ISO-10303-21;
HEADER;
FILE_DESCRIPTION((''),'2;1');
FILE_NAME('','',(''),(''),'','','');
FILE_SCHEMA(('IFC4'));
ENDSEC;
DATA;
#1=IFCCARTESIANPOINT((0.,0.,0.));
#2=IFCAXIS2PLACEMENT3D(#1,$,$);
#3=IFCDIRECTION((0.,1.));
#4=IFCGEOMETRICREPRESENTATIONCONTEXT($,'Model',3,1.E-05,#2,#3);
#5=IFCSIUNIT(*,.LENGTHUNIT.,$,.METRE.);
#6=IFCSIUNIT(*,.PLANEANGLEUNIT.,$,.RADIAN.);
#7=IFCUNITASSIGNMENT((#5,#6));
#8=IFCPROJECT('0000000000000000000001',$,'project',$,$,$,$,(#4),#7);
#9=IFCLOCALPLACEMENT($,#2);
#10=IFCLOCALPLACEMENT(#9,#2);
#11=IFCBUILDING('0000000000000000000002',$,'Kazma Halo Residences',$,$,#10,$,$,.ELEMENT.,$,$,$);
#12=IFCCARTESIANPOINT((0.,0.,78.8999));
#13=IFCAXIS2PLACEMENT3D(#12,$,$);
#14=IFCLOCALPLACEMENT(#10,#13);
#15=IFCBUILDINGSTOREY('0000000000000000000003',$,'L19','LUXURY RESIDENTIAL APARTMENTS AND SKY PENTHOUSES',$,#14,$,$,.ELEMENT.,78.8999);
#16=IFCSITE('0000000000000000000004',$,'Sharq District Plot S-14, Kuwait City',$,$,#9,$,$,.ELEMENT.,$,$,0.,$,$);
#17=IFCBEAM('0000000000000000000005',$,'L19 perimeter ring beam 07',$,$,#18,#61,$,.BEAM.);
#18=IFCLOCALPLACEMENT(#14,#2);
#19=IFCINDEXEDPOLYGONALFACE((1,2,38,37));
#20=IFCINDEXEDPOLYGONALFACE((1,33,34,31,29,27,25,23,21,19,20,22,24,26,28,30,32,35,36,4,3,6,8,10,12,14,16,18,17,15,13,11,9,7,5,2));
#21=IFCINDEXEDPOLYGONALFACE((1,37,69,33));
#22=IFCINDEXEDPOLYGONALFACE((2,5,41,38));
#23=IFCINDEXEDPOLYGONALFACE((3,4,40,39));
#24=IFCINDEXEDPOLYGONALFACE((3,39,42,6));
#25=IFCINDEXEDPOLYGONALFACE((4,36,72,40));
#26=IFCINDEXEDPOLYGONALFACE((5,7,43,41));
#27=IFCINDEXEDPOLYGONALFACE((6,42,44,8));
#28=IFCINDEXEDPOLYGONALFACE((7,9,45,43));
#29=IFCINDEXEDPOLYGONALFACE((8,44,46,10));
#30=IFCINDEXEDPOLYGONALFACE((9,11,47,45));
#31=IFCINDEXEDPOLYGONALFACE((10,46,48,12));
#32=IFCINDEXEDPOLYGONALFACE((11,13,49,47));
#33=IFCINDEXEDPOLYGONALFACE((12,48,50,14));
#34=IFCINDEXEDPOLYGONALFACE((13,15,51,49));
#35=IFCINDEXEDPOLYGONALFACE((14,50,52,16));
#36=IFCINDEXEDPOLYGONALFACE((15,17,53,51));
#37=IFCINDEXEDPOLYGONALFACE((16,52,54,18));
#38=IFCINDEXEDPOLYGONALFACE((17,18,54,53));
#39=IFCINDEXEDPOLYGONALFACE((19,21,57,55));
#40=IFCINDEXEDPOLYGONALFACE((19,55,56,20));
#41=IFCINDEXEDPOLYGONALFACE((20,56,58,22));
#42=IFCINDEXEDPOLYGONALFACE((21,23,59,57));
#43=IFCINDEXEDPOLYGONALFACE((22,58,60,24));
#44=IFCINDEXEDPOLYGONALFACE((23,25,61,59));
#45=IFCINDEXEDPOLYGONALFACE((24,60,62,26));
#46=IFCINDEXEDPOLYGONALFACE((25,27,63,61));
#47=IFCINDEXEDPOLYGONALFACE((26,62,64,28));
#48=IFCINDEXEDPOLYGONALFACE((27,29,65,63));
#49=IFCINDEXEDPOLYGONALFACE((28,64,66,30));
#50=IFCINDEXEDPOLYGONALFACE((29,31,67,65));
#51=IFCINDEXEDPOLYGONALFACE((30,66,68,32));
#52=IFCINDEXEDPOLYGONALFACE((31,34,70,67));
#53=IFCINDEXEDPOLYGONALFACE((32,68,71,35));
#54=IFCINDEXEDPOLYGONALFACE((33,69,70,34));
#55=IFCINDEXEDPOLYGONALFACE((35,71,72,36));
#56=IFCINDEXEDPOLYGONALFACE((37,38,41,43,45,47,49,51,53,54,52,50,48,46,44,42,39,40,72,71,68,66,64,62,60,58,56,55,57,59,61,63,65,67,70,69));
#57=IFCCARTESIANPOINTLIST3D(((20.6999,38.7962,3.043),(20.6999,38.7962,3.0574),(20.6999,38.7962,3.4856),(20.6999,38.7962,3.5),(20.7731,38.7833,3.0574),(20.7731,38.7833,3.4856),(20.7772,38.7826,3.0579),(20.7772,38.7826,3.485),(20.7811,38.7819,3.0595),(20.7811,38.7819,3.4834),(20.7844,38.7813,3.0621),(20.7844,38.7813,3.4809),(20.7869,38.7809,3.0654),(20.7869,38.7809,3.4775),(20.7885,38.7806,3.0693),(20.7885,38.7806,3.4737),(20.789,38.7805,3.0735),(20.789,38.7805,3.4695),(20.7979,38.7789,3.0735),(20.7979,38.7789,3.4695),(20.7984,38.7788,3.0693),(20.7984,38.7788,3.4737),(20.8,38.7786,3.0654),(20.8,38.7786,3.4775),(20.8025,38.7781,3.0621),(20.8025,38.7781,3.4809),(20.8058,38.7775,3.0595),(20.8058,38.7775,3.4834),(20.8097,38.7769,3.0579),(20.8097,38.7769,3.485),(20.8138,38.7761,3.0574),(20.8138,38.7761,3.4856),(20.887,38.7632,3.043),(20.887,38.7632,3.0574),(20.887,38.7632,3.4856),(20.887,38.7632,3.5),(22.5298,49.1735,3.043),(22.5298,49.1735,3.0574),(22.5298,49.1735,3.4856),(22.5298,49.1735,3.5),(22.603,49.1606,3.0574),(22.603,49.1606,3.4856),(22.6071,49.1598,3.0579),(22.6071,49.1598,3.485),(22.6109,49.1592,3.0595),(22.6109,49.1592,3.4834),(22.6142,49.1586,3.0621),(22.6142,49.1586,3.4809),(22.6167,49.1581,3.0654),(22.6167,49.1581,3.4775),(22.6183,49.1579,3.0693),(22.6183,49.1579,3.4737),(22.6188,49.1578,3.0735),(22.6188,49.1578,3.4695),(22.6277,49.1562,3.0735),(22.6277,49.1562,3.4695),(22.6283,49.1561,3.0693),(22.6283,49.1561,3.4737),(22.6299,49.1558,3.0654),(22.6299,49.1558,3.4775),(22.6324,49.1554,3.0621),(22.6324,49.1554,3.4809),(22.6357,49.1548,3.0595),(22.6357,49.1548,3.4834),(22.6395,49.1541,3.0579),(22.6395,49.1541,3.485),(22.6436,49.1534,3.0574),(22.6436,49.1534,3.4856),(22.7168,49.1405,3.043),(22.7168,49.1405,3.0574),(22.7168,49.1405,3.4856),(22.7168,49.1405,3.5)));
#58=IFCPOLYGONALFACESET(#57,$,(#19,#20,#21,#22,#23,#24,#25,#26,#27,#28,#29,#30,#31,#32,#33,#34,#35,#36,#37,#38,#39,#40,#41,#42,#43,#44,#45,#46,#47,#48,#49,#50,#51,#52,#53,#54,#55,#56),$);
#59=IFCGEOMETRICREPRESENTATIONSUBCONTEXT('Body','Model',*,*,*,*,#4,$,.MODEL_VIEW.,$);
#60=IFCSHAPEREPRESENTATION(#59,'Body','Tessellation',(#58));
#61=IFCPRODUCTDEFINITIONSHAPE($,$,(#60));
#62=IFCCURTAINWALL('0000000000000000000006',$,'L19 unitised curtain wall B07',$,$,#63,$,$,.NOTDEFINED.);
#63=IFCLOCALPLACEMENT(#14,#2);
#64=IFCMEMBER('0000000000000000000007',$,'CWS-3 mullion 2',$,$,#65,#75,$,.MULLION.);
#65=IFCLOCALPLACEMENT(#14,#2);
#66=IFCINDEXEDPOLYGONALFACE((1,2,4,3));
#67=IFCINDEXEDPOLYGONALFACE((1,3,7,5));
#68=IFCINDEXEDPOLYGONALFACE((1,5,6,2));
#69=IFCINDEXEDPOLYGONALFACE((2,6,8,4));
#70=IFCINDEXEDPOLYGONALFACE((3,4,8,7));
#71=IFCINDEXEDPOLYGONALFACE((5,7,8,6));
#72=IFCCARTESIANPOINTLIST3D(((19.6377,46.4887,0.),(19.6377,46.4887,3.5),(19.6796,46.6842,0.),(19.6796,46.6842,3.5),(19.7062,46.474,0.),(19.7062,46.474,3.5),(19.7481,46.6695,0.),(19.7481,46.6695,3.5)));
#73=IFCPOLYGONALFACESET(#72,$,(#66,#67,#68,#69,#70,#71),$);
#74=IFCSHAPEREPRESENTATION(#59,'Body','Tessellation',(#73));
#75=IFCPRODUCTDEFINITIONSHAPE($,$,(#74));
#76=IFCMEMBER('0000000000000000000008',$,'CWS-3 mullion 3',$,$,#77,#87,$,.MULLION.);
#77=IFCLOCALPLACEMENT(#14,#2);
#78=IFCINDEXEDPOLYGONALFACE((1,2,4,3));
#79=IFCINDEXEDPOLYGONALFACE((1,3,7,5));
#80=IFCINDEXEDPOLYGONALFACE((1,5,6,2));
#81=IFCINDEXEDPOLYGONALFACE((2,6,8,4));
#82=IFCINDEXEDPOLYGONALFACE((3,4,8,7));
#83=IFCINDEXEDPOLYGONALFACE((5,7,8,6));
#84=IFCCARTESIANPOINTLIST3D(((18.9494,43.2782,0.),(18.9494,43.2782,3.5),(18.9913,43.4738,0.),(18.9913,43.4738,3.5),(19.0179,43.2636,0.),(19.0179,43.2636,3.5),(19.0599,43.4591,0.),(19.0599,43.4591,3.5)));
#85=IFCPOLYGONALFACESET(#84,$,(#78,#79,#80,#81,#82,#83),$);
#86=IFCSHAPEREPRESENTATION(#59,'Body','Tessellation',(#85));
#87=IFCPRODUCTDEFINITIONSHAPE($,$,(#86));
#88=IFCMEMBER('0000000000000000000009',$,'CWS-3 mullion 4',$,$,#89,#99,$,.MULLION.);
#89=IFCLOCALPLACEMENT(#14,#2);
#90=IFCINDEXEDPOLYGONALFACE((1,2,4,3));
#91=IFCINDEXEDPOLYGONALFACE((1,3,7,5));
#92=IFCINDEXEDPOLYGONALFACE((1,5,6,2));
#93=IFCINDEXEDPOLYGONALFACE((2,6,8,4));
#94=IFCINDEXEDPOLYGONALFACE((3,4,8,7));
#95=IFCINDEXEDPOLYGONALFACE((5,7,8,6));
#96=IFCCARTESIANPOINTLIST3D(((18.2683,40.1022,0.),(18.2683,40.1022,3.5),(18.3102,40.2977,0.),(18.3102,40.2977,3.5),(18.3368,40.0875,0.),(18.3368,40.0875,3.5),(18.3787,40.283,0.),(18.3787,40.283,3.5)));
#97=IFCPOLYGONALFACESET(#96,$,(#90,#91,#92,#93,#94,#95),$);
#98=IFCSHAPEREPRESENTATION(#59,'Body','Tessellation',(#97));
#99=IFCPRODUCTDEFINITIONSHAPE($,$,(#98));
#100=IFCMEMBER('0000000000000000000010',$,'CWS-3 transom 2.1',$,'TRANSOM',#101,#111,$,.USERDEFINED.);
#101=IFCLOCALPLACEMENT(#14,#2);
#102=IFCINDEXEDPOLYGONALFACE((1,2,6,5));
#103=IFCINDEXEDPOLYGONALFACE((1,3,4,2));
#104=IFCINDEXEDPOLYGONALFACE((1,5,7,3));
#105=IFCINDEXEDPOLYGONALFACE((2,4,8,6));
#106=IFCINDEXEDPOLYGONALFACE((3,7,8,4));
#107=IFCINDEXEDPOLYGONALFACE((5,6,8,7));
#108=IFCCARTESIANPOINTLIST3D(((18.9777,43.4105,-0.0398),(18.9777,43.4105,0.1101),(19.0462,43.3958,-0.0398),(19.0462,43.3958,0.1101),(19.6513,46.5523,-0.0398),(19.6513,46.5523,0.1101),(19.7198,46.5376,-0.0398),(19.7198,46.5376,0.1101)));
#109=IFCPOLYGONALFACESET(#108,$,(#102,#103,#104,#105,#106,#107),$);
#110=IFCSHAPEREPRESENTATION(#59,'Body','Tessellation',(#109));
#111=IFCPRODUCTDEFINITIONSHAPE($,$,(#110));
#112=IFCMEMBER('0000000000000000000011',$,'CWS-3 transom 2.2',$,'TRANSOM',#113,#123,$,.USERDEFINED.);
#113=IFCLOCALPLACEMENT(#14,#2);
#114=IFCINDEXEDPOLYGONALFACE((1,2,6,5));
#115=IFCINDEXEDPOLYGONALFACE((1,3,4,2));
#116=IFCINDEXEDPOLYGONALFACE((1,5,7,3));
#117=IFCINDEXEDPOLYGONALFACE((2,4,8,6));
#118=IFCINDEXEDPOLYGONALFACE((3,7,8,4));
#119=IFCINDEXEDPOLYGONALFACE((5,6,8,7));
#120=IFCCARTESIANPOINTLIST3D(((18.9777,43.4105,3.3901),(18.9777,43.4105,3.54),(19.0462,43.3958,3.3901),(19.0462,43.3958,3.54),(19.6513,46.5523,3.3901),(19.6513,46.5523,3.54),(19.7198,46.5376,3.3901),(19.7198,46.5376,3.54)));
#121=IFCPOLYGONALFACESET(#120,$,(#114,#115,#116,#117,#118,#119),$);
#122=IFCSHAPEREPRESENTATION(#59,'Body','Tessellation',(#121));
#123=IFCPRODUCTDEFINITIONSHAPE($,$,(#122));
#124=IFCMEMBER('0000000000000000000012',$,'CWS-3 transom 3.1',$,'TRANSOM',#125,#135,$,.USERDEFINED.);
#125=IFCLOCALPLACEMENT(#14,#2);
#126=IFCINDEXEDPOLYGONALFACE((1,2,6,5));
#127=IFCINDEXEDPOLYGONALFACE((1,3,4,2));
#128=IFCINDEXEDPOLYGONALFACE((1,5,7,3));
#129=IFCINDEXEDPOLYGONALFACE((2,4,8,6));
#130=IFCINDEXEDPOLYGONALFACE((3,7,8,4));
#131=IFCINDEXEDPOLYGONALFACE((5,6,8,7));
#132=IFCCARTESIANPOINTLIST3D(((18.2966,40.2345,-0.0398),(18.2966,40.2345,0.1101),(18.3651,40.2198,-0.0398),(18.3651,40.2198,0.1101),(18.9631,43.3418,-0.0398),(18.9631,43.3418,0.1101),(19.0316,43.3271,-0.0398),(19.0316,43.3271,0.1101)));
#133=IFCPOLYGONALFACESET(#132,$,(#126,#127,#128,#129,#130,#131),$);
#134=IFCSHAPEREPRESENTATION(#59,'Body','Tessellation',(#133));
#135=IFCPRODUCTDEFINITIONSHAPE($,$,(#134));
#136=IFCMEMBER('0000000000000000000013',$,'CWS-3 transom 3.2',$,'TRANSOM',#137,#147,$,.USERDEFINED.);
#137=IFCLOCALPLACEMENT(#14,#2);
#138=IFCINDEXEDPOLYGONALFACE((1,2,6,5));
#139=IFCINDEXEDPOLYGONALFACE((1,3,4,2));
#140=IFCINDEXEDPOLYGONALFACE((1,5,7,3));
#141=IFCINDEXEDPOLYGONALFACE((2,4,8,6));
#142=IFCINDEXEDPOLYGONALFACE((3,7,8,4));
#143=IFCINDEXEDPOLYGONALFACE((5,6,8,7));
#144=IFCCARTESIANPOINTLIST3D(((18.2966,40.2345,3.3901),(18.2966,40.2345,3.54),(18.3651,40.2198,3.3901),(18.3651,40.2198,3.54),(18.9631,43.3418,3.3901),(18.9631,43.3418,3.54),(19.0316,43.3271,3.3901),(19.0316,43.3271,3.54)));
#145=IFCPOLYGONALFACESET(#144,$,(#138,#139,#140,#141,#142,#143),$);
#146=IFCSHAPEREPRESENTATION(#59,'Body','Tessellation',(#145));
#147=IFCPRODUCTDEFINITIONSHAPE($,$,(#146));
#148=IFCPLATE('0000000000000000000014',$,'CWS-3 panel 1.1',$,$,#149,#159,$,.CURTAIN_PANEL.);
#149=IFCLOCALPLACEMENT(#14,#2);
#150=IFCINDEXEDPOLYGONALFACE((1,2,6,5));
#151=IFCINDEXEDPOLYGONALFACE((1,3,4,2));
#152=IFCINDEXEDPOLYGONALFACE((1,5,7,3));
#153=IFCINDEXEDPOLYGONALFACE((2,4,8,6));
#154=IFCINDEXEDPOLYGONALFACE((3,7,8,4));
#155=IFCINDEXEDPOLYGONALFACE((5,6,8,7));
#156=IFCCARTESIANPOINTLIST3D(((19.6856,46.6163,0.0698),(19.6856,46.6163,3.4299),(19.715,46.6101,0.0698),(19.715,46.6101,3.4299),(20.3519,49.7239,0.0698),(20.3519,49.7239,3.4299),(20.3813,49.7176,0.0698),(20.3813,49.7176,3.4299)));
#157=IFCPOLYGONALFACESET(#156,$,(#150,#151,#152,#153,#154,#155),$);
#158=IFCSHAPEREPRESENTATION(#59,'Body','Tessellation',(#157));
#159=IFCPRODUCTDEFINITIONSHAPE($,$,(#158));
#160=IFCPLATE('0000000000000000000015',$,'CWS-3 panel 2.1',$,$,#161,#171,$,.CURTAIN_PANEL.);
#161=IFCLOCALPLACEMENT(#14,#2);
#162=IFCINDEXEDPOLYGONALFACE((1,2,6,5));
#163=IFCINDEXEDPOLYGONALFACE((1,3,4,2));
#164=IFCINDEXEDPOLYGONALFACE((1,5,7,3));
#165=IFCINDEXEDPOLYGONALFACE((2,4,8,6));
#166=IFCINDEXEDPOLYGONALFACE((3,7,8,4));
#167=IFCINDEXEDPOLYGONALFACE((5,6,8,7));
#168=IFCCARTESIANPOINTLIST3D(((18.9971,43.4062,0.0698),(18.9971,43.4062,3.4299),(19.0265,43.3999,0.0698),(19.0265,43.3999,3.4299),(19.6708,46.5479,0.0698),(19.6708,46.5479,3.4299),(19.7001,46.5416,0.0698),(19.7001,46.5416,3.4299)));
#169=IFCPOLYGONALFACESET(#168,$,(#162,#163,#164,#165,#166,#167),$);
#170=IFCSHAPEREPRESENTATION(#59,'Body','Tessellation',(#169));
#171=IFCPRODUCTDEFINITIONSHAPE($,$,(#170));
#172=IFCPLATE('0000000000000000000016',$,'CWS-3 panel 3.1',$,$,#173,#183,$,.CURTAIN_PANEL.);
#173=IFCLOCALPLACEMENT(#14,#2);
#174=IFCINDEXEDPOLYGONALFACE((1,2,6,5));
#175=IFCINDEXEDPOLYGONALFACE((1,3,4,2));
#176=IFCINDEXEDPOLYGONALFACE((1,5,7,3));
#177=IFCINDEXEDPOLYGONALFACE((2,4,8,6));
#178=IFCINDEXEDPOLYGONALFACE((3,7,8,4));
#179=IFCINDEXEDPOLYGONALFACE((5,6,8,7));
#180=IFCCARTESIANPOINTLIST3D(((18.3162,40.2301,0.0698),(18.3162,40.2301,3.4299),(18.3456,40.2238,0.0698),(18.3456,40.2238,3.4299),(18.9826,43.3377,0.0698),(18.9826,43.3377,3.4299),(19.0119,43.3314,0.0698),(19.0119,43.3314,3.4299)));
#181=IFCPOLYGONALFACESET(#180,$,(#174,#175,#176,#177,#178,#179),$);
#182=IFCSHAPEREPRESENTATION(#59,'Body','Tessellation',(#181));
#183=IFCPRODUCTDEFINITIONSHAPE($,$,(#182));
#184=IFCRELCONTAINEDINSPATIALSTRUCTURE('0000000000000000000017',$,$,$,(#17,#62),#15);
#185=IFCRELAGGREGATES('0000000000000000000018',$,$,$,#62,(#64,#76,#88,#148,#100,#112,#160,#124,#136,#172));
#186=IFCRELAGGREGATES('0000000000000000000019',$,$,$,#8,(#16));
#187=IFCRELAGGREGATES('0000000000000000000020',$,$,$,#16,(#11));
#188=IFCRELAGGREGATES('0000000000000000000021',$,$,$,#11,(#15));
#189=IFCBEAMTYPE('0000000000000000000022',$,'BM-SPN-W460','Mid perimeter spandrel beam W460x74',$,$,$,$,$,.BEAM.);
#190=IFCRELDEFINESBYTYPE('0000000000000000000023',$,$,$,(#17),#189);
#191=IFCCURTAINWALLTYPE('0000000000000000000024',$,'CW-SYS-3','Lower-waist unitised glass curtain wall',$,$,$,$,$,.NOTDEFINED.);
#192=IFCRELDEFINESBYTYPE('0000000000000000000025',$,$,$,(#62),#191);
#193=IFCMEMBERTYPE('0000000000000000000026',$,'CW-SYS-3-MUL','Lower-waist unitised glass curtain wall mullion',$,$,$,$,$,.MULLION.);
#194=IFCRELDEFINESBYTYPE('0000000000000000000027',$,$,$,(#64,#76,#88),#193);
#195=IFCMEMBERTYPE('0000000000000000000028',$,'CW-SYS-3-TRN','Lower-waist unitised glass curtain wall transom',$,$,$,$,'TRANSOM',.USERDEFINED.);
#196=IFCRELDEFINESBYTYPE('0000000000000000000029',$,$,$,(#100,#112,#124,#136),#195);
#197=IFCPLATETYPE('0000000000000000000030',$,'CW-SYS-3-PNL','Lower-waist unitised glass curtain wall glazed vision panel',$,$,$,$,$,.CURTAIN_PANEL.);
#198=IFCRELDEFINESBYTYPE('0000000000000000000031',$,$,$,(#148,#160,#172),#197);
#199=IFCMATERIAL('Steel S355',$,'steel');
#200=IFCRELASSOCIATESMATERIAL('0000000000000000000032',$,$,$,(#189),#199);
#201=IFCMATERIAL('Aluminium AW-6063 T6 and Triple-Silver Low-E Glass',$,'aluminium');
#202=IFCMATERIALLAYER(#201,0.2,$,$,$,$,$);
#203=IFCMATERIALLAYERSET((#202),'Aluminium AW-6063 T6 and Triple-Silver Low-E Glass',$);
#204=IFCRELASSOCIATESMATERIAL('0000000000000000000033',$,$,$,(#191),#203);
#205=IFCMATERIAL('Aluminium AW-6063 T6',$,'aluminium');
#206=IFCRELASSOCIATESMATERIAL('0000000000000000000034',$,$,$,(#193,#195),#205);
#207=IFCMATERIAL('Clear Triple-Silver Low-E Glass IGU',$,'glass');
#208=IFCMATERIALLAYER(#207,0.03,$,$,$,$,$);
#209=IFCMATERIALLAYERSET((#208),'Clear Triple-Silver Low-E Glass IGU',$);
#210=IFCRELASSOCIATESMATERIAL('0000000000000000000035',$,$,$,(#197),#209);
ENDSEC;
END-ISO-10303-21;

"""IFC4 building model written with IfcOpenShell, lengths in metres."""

from ifc_helpers import new_model, si_unit, direction, frame, origin, origin_2d, place, context, subcontext, project, spatial, rectangle, i_section, extrude, material, layer, layer_set, material_profile, profile_set, type_object, element, aggregate, save


model = new_model("IFC4")

# Units and contexts
model_context = context("Model", 3, precision=1e-05, world=origin(), true_north=direction((0.0, 1.0)))
body_context = subcontext(model_context, "Body", "Model", "MODEL_VIEW")
ifc_project = project(units=[si_unit("LENGTHUNIT", "METRE"), si_unit("PLANEANGLEUNIT", "RADIAN")], contexts=[model_context])

# Site, building, storey
site_placement = place(None, origin())
site = spatial("IfcSite", under=ifc_project, at=site_placement, Name="Sharq District Plot S-14, Kuwait City", CompositionType="ELEMENT", RefElevation=0.0)
building_placement = place(site_placement, origin())
building = spatial("IfcBuilding", under=site, at=building_placement, Name="Kazma Halo Residences", CompositionType="ELEMENT")
storey_placement = place(building_placement, frame((0.0, 0.0, 78.8999)))
storey = spatial("IfcBuildingStorey", under=building, at=storey_placement, Name="L19", Description="LUXURY RESIDENTIAL APARTMENTS AND SKY PENTHOUSES", CompositionType="ELEMENT", Elevation=78.8999)

# Beam
ifc_material_1 = material(Name="Steel S355", Category="steel")
ifc_material_profile_1 = material_profile(ifc_material_1, i_section(OverallWidth=0.1899, OverallDepth=0.457, WebThickness=0.009, FlangeThickness=0.0144, FilletRadius=0.0161, at=origin_2d()), Name="W460x74")
ifc_profile_set_1 = profile_set([ifc_material_profile_1], Name="Steel S355")
beam_type_1 = type_object("IfcBeamType", Name="BM-SPN-W460", Description="Mid perimeter spandrel beam W460x74", PredefinedType="BEAM", material=ifc_profile_set_1)
beam_1_placement = place(storey_placement, frame((22.6233, 49.157, 3.2715), z_axis=(-0.173653, -0.984807, 0.0), x_axis=(0.984807, -0.173653, 0.0)))
element("IfcBeam", 1, at=beam_1_placement, inside=storey, type_object=beam_type_1, Name="L19 perimeter ring beam 07", PredefinedType="BEAM", context=body_context, shape_type="SweptSolid", body=[
    extrude(i_section(OverallWidth=0.1899, OverallDepth=0.457, WebThickness=0.009, FlangeThickness=0.0144, FilletRadius=0.0161, at=origin_2d()), origin(), (0.0, 0.0, 1.0), 10.5374),
])

# Curtain wall, members, plates
ifc_material_2 = material(Name="Aluminium AW-6063 T6 and Triple-Silver Low-E Glass", Category="aluminium")
ifc_layer_1 = layer(ifc_material_2, 0.2)
ifc_layer_set_1 = layer_set([ifc_layer_1], Name="Aluminium AW-6063 T6 and Triple-Silver Low-E Glass")
curtain_wall_type = type_object("IfcCurtainWallType", Name="CW-SYS-3", Description="Lower-waist unitised glass curtain wall", PredefinedType="NOTDEFINED", material=ifc_layer_set_1)
curtain_wall_placement = place(storey_placement, origin())
curtain_wall = element("IfcCurtainWall", 2, at=curtain_wall_placement, inside=storey, type_object=curtain_wall_type, Name="L19 unitised curtain wall B07", PredefinedType="NOTDEFINED")
ifc_material_3 = material(Name="Aluminium AW-6063 T6", Category="aluminium")
ifc_material_profile_2 = material_profile(ifc_material_3, rectangle(XDim=0.0701, YDim=0.2, at=origin_2d()), Name="CWM-70x200")
ifc_profile_set_2 = profile_set([ifc_material_profile_2], Name="Aluminium AW-6063 T6")
member_type_1 = type_object("IfcMemberType", Name="CW-SYS-3-MUL", Description="Lower-waist unitised glass curtain wall mullion", PredefinedType="MULLION", material=ifc_profile_set_2)
member_1_placement = place(storey_placement, frame((19.6929, 46.5791, 0.0), z_axis=(0.0, 0.0, 1.0), x_axis=(0.977774, -0.209661, 0.0)))
member_1 = element("IfcMember", 3, at=member_1_placement, type_object=member_type_1, Name="CWS-3 mullion 2", PredefinedType="MULLION", context=body_context, shape_type="SweptSolid", body=[
    extrude(rectangle(XDim=0.0701, YDim=0.2, at=origin_2d()), origin(), (0.0, 0.0, 1.0), 3.5),
])
member_2_placement = place(storey_placement, frame((19.0046, 43.3687, 0.0), z_axis=(0.0, 0.0, 1.0), x_axis=(0.977774, -0.209661, 0.0)))
member_2 = element("IfcMember", 4, at=member_2_placement, type_object=member_type_1, Name="CWS-3 mullion 3", PredefinedType="MULLION", context=body_context, shape_type="SweptSolid", body=[
    extrude(rectangle(XDim=0.0701, YDim=0.2, at=origin_2d()), origin(), (0.0, 0.0, 1.0), 3.5),
])
member_3_placement = place(storey_placement, frame((18.3235, 40.1926, 0.0), z_axis=(0.0, 0.0, 1.0), x_axis=(0.977774, -0.209661, 0.0)))
member_3 = element("IfcMember", 5, at=member_3_placement, type_object=member_type_1, Name="CWS-3 mullion 4", PredefinedType="MULLION", context=body_context, shape_type="SweptSolid", body=[
    extrude(rectangle(XDim=0.0701, YDim=0.2, at=origin_2d()), origin(), (0.0, 0.0, 1.0), 3.5),
])
ifc_material_profile_3 = material_profile(ifc_material_3, rectangle(XDim=0.0701, YDim=0.1499, at=origin_2d()), Name="CWT-70x150")
ifc_profile_set_3 = profile_set([ifc_material_profile_3], Name="Aluminium AW-6063 T6")
member_type_2 = type_object("IfcMemberType", Name="CW-SYS-3-TRN", Description="Lower-waist unitised glass curtain wall transom", ElementType="TRANSOM", PredefinedType="USERDEFINED", material=ifc_profile_set_3)
member_4_placement = place(storey_placement, frame((19.6855, 46.5449, 0.0352), z_axis=(-0.209628, -0.977781, 0.0), x_axis=(0.977781, -0.209628, 0.0)))
member_4 = element("IfcMember", 6, at=member_4_placement, type_object=member_type_2, Name="CWS-3 transom 2.1", ObjectType="TRANSOM", PredefinedType="USERDEFINED", context=body_context, shape_type="SweptSolid", body=[
    extrude(rectangle(XDim=0.0701, YDim=0.1499, at=origin_2d()), origin(), (0.0, 0.0, 1.0), 3.2131),
])
member_5_placement = place(storey_placement, frame((19.6855, 46.5449, 3.4651), z_axis=(-0.209628, -0.977781, 0.0), x_axis=(0.977781, -0.209628, 0.0)))
member_5 = element("IfcMember", 7, at=member_5_placement, type_object=member_type_2, Name="CWS-3 transom 2.2", ObjectType="TRANSOM", PredefinedType="USERDEFINED", context=body_context, shape_type="SweptSolid", body=[
    extrude(rectangle(XDim=0.0701, YDim=0.1499, at=origin_2d()), origin(), (0.0, 0.0, 1.0), 3.2131),
])
member_6_placement = place(storey_placement, frame((18.9973, 43.3345, 0.0352), z_axis=(-0.209718, -0.977762, 0.0), x_axis=(0.977762, -0.209718, 0.0)))
member_6 = element("IfcMember", 8, at=member_6_placement, type_object=member_type_2, Name="CWS-3 transom 3.1", ObjectType="TRANSOM", PredefinedType="USERDEFINED", context=body_context, shape_type="SweptSolid", body=[
    extrude(rectangle(XDim=0.0701, YDim=0.1499, at=origin_2d()), origin(), (0.0, 0.0, 1.0), 3.178),
])
member_7_placement = place(storey_placement, frame((18.9973, 43.3345, 3.4651), z_axis=(-0.209718, -0.977762, 0.0), x_axis=(0.977762, -0.209718, 0.0)))
member_7 = element("IfcMember", 9, at=member_7_placement, type_object=member_type_2, Name="CWS-3 transom 3.2", ObjectType="TRANSOM", PredefinedType="USERDEFINED", context=body_context, shape_type="SweptSolid", body=[
    extrude(rectangle(XDim=0.0701, YDim=0.1499, at=origin_2d()), origin(), (0.0, 0.0, 1.0), 3.178),
])
ifc_material_4 = material(Name="Clear Triple-Silver Low-E Glass IGU", Category="glass")
ifc_layer_2 = layer(ifc_material_4, 0.03)
ifc_layer_set_2 = layer_set([ifc_layer_2], Name="Clear Triple-Silver Low-E Glass IGU")
plate_type = type_object("IfcPlateType", Name="CW-SYS-3-PNL", Description="Lower-waist unitised glass curtain wall glazed vision panel", PredefinedType="CURTAIN_PANEL", material=ifc_layer_set_2)
plate_1_placement = place(storey_placement, frame((20.0334, 48.167, 0.0698), z_axis=(0.0, 0.0, 1.0), x_axis=(-0.209661, -0.977774, 0.0)))
plate_1 = element("IfcPlate", 10, at=plate_1_placement, type_object=plate_type, Name="CWS-3 panel 1.1", PredefinedType="CURTAIN_PANEL", context=body_context, shape_type="SweptSolid", body=[
    extrude(rectangle(XDim=3.1782, YDim=0.03, at=origin_2d()), origin(), (0.0, 0.0, 1.0), 3.3601),
])
plate_2_placement = place(storey_placement, frame((19.3486, 44.9739, 0.0698), z_axis=(0.0, 0.0, 1.0), x_axis=(-0.209661, -0.977774, 0.0)))
plate_2 = element("IfcPlate", 11, at=plate_2_placement, type_object=plate_type, Name="CWS-3 panel 2.1", PredefinedType="CURTAIN_PANEL", context=body_context, shape_type="SweptSolid", body=[
    extrude(rectangle(XDim=3.2131, YDim=0.03, at=origin_2d()), origin(), (0.0, 0.0, 1.0), 3.3601),
])
plate_3_placement = place(storey_placement, frame((18.6641, 41.7808, 0.0698), z_axis=(0.0, 0.0, 1.0), x_axis=(-0.209661, -0.977774, 0.0)))
plate_3 = element("IfcPlate", 12, at=plate_3_placement, type_object=plate_type, Name="CWS-3 panel 3.1", PredefinedType="CURTAIN_PANEL", context=body_context, shape_type="SweptSolid", body=[
    extrude(rectangle(XDim=3.1782, YDim=0.03, at=origin_2d()), origin(), (0.0, 0.0, 1.0), 3.3601),
])
aggregate(curtain_wall, [member_1, member_2, member_3, plate_1, member_4, member_5, plate_2, member_6, member_7, plate_3])

save(model, "model.ifc")
